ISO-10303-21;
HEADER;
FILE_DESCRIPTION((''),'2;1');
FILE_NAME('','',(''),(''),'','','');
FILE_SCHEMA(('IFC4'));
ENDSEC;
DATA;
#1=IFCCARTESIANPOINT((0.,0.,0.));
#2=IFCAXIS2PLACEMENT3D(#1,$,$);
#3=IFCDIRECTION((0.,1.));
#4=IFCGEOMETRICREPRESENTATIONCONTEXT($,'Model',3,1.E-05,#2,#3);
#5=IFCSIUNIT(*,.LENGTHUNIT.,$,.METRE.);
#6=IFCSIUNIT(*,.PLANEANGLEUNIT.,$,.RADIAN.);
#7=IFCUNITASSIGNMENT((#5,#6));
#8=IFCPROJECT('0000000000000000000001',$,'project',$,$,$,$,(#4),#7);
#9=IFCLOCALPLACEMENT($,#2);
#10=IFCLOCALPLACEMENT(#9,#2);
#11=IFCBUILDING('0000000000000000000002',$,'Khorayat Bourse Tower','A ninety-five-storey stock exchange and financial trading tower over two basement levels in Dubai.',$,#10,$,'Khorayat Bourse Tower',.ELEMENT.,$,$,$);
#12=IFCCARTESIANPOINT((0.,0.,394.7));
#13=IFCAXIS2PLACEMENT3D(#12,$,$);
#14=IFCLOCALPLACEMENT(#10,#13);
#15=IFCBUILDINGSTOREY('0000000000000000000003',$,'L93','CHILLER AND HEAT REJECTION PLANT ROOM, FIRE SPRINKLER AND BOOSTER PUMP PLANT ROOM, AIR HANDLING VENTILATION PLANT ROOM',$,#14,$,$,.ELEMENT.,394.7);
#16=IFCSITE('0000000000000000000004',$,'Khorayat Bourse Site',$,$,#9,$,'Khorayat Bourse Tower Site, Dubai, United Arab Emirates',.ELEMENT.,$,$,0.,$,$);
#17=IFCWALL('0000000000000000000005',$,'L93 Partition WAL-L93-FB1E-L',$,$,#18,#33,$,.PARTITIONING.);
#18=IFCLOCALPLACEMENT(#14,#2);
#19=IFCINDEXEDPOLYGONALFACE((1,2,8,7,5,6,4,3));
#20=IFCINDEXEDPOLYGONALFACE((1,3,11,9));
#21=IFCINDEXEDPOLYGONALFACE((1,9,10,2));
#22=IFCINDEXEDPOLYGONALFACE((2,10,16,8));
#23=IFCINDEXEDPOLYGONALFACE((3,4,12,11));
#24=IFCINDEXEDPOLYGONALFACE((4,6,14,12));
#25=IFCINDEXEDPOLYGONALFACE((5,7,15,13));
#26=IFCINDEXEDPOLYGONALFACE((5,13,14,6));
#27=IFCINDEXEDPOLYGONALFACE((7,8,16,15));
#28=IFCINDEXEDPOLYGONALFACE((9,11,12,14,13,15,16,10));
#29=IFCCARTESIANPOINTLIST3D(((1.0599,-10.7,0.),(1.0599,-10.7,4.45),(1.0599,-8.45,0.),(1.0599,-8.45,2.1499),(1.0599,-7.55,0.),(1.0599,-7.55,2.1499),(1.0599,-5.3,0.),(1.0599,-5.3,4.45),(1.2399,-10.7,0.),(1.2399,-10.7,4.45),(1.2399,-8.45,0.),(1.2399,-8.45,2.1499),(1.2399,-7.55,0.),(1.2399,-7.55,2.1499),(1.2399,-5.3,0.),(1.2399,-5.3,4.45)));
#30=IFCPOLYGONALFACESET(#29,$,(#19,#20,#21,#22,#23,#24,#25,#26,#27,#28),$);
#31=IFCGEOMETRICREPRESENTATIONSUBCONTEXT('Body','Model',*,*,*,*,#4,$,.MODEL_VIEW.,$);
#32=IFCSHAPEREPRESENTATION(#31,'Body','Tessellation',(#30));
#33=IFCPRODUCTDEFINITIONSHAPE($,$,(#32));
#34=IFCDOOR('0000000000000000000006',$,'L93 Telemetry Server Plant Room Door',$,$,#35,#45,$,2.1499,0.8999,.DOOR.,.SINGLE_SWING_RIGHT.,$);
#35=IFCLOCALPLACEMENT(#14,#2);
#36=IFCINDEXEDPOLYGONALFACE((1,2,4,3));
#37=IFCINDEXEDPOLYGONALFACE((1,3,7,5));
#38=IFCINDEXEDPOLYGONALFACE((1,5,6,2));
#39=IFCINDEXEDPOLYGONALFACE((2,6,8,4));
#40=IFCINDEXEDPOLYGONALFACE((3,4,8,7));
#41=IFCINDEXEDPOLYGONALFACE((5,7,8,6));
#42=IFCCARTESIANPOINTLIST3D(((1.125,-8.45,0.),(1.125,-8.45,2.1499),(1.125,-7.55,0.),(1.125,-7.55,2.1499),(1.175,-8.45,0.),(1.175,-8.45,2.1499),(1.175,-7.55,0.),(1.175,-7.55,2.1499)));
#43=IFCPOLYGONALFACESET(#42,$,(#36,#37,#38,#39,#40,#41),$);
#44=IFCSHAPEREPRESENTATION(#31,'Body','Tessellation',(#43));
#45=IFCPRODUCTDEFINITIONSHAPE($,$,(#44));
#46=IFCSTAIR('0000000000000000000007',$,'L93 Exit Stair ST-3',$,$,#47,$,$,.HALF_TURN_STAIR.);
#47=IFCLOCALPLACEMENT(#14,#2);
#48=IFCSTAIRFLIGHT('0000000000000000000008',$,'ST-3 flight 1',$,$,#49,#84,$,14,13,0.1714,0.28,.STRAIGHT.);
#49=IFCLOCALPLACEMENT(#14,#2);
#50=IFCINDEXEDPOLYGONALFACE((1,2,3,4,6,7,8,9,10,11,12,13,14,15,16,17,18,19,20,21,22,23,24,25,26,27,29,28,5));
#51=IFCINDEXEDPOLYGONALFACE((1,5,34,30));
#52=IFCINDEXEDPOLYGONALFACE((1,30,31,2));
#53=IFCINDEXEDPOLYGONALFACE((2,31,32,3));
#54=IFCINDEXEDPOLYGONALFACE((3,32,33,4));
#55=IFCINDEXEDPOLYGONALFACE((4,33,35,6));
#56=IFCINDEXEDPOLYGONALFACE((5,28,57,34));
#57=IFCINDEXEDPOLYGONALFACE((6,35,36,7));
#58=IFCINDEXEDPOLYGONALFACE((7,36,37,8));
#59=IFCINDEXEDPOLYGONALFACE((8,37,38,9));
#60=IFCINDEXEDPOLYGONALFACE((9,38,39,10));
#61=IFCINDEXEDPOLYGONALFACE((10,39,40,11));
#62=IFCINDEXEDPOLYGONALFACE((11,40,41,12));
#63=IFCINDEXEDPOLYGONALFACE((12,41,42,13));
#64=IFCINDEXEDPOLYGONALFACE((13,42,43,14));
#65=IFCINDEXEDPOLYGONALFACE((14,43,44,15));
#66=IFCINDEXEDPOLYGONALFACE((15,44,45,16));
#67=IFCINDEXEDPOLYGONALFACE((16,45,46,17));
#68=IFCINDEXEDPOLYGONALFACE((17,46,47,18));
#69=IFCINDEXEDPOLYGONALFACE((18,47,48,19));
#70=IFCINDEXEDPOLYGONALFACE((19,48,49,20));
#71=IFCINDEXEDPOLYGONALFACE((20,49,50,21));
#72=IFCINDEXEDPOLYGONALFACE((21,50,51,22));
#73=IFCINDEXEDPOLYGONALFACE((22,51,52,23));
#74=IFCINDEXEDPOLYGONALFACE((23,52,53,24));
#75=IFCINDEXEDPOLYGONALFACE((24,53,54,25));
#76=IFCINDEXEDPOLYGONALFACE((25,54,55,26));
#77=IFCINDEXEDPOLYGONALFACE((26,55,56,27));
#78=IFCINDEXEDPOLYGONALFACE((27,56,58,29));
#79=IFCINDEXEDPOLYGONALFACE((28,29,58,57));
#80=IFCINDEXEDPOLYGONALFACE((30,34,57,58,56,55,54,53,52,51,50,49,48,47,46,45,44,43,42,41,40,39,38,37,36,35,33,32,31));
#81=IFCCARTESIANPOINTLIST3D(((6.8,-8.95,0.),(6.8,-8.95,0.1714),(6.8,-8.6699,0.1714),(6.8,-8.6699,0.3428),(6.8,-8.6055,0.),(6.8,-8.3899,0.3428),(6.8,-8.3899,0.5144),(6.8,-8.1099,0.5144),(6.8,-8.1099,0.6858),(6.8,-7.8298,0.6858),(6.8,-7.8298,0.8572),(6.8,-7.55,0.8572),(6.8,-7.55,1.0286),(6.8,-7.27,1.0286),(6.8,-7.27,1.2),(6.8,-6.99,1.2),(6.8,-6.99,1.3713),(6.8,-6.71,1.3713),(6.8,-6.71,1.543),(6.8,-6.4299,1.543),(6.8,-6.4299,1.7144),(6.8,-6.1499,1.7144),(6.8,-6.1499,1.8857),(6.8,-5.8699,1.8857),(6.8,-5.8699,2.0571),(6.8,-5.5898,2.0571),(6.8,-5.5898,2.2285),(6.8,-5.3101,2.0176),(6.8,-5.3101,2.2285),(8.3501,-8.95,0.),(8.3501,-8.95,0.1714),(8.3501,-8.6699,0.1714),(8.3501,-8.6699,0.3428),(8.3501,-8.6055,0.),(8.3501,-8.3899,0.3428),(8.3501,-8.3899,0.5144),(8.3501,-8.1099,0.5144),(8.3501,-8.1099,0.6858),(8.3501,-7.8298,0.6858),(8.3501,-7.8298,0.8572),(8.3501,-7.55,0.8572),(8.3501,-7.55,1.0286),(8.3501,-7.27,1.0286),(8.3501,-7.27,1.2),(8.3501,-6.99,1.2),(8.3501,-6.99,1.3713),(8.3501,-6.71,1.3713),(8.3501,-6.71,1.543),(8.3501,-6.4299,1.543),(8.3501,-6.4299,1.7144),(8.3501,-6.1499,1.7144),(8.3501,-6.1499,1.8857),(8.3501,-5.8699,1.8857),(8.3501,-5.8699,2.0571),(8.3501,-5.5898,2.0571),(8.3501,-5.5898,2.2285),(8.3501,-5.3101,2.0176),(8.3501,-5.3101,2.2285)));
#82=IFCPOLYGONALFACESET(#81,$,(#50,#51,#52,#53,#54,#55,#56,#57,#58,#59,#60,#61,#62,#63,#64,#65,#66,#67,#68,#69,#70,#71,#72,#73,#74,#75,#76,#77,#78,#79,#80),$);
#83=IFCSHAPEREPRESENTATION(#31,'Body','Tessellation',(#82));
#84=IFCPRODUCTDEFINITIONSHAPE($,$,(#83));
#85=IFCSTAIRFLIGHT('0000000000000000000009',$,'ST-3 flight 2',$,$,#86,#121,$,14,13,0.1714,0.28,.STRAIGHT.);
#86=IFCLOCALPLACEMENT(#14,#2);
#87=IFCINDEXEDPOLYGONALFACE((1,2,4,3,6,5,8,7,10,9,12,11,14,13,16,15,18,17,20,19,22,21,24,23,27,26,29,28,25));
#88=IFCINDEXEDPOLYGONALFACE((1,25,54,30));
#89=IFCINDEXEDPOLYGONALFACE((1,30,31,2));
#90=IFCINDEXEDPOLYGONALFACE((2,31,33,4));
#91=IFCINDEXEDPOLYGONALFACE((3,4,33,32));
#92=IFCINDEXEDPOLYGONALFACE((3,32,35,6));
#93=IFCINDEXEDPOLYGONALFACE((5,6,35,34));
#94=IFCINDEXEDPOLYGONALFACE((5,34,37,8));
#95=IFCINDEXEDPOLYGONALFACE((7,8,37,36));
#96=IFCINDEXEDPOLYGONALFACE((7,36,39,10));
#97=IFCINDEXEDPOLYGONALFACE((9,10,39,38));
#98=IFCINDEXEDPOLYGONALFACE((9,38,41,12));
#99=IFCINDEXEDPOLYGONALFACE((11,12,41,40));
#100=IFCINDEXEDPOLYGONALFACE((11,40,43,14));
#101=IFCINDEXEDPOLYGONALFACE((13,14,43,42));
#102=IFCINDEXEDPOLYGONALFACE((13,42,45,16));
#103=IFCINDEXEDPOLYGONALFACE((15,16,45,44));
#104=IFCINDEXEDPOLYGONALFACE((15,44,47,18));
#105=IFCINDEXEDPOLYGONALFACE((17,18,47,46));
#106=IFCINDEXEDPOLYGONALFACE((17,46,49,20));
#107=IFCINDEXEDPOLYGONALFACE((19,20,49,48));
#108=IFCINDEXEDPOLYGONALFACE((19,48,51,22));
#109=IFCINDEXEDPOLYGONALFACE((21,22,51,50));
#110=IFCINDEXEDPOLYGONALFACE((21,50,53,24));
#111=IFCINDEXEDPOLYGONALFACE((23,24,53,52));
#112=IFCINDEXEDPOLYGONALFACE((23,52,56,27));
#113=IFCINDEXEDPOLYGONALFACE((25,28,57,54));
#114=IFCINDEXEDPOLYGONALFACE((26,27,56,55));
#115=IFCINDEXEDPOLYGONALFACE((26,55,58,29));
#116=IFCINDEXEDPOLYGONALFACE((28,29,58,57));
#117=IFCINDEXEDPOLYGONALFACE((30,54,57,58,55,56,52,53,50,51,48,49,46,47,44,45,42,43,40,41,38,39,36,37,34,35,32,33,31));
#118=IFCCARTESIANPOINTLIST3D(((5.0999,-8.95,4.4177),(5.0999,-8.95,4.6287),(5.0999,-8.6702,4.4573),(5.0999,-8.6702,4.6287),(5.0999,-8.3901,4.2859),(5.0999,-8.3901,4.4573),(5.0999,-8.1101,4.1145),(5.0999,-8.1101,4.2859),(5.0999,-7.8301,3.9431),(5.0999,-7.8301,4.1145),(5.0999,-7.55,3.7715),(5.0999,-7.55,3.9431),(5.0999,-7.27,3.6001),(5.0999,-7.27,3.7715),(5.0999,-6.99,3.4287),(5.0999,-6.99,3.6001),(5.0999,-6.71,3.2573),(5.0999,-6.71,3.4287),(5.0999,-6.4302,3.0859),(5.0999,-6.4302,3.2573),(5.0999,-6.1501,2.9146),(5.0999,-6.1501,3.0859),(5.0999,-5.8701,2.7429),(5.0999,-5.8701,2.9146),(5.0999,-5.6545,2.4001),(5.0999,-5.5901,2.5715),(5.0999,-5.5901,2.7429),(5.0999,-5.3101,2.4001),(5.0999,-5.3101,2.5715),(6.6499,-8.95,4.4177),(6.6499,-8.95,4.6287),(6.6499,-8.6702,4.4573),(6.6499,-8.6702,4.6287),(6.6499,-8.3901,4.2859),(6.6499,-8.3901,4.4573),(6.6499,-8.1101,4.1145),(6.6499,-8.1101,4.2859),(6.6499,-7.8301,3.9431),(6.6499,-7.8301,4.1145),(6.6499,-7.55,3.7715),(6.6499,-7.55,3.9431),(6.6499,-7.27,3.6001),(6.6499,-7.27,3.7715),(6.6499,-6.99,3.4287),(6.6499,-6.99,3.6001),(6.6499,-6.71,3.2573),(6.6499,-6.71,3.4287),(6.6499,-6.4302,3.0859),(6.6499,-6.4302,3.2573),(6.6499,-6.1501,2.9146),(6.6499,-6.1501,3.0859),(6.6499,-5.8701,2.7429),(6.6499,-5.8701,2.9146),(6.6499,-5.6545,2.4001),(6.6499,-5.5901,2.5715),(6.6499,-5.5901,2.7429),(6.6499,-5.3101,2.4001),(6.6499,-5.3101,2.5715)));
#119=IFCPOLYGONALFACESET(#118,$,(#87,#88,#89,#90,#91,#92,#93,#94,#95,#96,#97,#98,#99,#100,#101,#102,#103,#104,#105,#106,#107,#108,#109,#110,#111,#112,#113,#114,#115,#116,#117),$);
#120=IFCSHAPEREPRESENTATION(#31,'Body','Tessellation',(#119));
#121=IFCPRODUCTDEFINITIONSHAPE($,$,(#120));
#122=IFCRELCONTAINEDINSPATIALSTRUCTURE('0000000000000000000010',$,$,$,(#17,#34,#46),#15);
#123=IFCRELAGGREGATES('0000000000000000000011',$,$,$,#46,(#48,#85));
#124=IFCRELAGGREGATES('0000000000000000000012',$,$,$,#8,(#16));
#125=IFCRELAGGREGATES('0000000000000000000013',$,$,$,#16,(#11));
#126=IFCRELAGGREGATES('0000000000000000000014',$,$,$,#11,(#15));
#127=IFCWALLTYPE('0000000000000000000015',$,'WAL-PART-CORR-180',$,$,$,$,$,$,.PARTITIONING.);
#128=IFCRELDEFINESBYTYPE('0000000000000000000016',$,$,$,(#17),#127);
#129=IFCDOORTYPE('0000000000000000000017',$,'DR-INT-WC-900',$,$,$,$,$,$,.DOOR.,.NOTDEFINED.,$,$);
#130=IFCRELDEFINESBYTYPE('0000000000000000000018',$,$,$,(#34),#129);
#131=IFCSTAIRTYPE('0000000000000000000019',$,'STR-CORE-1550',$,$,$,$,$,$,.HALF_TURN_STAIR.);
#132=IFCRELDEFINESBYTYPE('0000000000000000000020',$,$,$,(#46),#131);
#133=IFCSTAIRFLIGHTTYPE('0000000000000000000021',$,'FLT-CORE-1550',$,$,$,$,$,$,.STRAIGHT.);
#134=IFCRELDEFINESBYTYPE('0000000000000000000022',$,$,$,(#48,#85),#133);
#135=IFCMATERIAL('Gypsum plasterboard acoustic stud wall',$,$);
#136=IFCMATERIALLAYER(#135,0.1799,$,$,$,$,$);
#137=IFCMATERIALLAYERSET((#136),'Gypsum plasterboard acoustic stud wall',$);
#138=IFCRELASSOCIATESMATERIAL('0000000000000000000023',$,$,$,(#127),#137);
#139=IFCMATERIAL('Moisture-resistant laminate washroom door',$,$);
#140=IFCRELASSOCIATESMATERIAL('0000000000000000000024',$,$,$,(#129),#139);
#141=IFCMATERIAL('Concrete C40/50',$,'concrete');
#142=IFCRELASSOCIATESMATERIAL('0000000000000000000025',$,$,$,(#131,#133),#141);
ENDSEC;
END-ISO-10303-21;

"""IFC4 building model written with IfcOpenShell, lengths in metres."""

from ifc_helpers import new_model, si_unit, direction, frame, frame_2d, origin, place, context, subcontext, project, spatial, polyline, rectangle, outline, extrude, source, transform, mapped, material, layer, layer_set, type_object, element, fill, aggregate, save


model = new_model("IFC4")

# Units and contexts
model_context = context("Model", 3, precision=1e-05, world=origin(), true_north=direction((0.0, 1.0)))
body_context = subcontext(model_context, "Body", "Model", "MODEL_VIEW")
ifc_project = project(units=[si_unit("LENGTHUNIT", "METRE"), si_unit("PLANEANGLEUNIT", "RADIAN")], contexts=[model_context])

# Site, building, storey
site_placement = place(None, origin())
site = spatial("IfcSite", under=ifc_project, at=site_placement, Name="Khorayat Bourse Site", LongName="Khorayat Bourse Tower Site, Dubai, United Arab Emirates", CompositionType="ELEMENT", RefElevation=0.0)
building_placement = place(site_placement, origin())
building = spatial("IfcBuilding", under=site, at=building_placement, Name="Khorayat Bourse Tower", Description="A ninety-five-storey stock exchange and financial trading tower over two basement levels in Dubai.", LongName="Khorayat Bourse Tower", CompositionType="ELEMENT")
storey_placement = place(building_placement, frame((0.0, 0.0, 394.7)))
storey = spatial("IfcBuildingStorey", under=building, at=storey_placement, Name="L93", Description="CHILLER AND HEAT REJECTION PLANT ROOM, FIRE SPRINKLER AND BOOSTER PUMP PLANT ROOM, AIR HANDLING VENTILATION PLANT ROOM", CompositionType="ELEMENT", Elevation=394.7)

# Wall, opening, door
ifc_material_1 = material(Name="Gypsum plasterboard acoustic stud wall")
ifc_layer_1 = layer(ifc_material_1, 0.1799)
ifc_layer_set_1 = layer_set([ifc_layer_1], Name="Gypsum plasterboard acoustic stud wall")
wall_type_1 = type_object("IfcWallType", Name="WAL-PART-CORR-180", PredefinedType="PARTITIONING", material=ifc_layer_set_1)
shared_shape_1 = source(origin(), body_context, "Body", "SweptSolid", [
    extrude(rectangle(XDim=5.3999, YDim=0.1799, at=frame_2d((2.7, 0.0))), origin(), (0.0, 0.0, 1.0), 4.45),
])
wall_1_placement = place(storey_placement, frame((1.1499, -10.7, 0.0), z_axis=(0.0, 0.0, 1.0), x_axis=(0.0, 1.0, 0.0)))
wall_1 = element("IfcWall", 1, at=wall_1_placement, inside=storey, type_object=wall_type_1, Name="L93 Partition WAL-L93-FB1E-L", PredefinedType="PARTITIONING", context=body_context, shape_type="MappedRepresentation", body=[
    mapped(shared_shape_1, transform((0.0, 0.0, 0.0), scale=1.0)),
])
shared_shape_2 = source(origin(), body_context, "Body", "SweptSolid", [
    extrude(rectangle(XDim=0.8999, YDim=2.1499, at=frame_2d((0.45, 1.075))), frame((0.0, 0.0999, 0.0), z_axis=(0.0, -1.0, 0.0), x_axis=(1.0, 0.0, 0.0)), (0.0, 0.0, 1.0), 0.2),
])
opening_1_placement = place(wall_1_placement, frame((2.25, 0.0, 0.0)))
opening_1 = element("IfcOpeningElement", 2, at=opening_1_placement, cuts=wall_1, PredefinedType="OPENING", context=body_context, shape_type="MappedRepresentation", body=[
    mapped(shared_shape_2, transform((0.0, 0.0, 0.0), scale=1.0)),
])
ifc_material_2 = material(Name="Moisture-resistant laminate washroom door")
door_type = type_object("IfcDoorType", Name="DR-INT-WC-900", OperationType="NOTDEFINED", PredefinedType="DOOR", material=ifc_material_2)
shared_shape_3 = source(origin(), body_context, "Body", "SweptSolid", [
    extrude(rectangle(XDim=0.8999, YDim=2.1499, at=frame_2d((0.45, 1.075))), frame((0.0, 0.0249, 0.0), z_axis=(0.0, -1.0, 0.0), x_axis=(1.0, 0.0, 0.0)), (0.0, 0.0, 1.0), 0.05),
])
door_1_placement = place(opening_1_placement, origin())
door_1 = element("IfcDoor", 3, at=door_1_placement, inside=storey, type_object=door_type, Name="L93 Telemetry Server Plant Room Door", OperationType="SINGLE_SWING_RIGHT", OverallHeight=2.1499, OverallWidth=0.8999, PredefinedType="DOOR", context=body_context, shape_type="MappedRepresentation", body=[
    mapped(shared_shape_3, transform((0.0, 0.0, 0.0), scale=1.0)),
])
fill(opening_1, door_1)

# Stair, stair flights
ifc_material_3 = material(Name="Concrete C40/50", Category="concrete")
stair_type = type_object("IfcStairType", Name="STR-CORE-1550", PredefinedType="HALF_TURN_STAIR", material=ifc_material_3)
stair_placement = place(storey_placement, origin())
stair = element("IfcStair", 4, at=stair_placement, inside=storey, type_object=stair_type, Name="L93 Exit Stair ST-3", PredefinedType="HALF_TURN_STAIR")
stair_flight_type = type_object("IfcStairFlightType", Name="FLT-CORE-1550", PredefinedType="STRAIGHT", material=ifc_material_3)
shared_shape_4 = source(origin(), body_context, "Body", "SweptSolid", [
    extrude(outline(polyline([(0.0, 0.0), (0.0, 0.1714), (0.28, 0.1714), (0.28, 0.3428), (0.5601, 0.3428), (0.5601, 0.5144), (0.8401, 0.5144), (0.8401, 0.6858), (1.1201, 0.6858), (1.1201, 0.8572), (1.3999, 0.8572), (1.3999, 1.0286), (1.6799, 1.0286), (1.6799, 1.2), (1.96, 1.2), (1.96, 1.3713), (2.24, 1.3713), (2.24, 1.543), (2.52, 1.543), (2.52, 1.7144), (2.8, 1.7144), (2.8, 1.8857), (3.0801, 1.8857), (3.0801, 2.0571), (3.3601, 2.0571), (3.3601, 2.2285), (3.6399, 2.2285), (3.6399, 2.3999), (3.6399, 2.0176), (0.3445, 0.0), (0.0, 0.0)])), frame((0.0, 0.7749, 0.0), z_axis=(0.0, -1.0, 0.0), x_axis=(1.0, 0.0, 0.0)), (0.0, 0.0, 1.0), 1.55),
])
stair_flight_1_placement = place(storey_placement, frame((7.575, -8.95, 0.0), z_axis=(0.0, 0.0, 1.0), x_axis=(0.0, 1.0, 0.0)))
stair_flight_1 = element("IfcStairFlight", 5, at=stair_flight_1_placement, type_object=stair_flight_type, Name="ST-3 flight 1", NumberOfRisers=14, NumberOfTreads=13, PredefinedType="STRAIGHT", RiserHeight=0.1714, TreadLength=0.28, context=body_context, shape_type="MappedRepresentation", body=[
    mapped(shared_shape_4, transform((0.0, 0.0, 0.0), scale=1.0)),
])
stair_flight_2_placement = place(storey_placement, frame((5.875, -5.3101, 2.4001), z_axis=(0.0, 0.0, 1.0), x_axis=(0.0, -1.0, 0.0)))
stair_flight_2 = element("IfcStairFlight", 6, at=stair_flight_2_placement, type_object=stair_flight_type, Name="ST-3 flight 2", NumberOfRisers=14, NumberOfTreads=13, PredefinedType="STRAIGHT", RiserHeight=0.1714, TreadLength=0.28, context=body_context, shape_type="MappedRepresentation", body=[
    mapped(shared_shape_4, transform((0.0, 0.0, 0.0), scale=1.0)),
])
aggregate(stair, [stair_flight_1, stair_flight_2])

save(model, "model.ifc")
